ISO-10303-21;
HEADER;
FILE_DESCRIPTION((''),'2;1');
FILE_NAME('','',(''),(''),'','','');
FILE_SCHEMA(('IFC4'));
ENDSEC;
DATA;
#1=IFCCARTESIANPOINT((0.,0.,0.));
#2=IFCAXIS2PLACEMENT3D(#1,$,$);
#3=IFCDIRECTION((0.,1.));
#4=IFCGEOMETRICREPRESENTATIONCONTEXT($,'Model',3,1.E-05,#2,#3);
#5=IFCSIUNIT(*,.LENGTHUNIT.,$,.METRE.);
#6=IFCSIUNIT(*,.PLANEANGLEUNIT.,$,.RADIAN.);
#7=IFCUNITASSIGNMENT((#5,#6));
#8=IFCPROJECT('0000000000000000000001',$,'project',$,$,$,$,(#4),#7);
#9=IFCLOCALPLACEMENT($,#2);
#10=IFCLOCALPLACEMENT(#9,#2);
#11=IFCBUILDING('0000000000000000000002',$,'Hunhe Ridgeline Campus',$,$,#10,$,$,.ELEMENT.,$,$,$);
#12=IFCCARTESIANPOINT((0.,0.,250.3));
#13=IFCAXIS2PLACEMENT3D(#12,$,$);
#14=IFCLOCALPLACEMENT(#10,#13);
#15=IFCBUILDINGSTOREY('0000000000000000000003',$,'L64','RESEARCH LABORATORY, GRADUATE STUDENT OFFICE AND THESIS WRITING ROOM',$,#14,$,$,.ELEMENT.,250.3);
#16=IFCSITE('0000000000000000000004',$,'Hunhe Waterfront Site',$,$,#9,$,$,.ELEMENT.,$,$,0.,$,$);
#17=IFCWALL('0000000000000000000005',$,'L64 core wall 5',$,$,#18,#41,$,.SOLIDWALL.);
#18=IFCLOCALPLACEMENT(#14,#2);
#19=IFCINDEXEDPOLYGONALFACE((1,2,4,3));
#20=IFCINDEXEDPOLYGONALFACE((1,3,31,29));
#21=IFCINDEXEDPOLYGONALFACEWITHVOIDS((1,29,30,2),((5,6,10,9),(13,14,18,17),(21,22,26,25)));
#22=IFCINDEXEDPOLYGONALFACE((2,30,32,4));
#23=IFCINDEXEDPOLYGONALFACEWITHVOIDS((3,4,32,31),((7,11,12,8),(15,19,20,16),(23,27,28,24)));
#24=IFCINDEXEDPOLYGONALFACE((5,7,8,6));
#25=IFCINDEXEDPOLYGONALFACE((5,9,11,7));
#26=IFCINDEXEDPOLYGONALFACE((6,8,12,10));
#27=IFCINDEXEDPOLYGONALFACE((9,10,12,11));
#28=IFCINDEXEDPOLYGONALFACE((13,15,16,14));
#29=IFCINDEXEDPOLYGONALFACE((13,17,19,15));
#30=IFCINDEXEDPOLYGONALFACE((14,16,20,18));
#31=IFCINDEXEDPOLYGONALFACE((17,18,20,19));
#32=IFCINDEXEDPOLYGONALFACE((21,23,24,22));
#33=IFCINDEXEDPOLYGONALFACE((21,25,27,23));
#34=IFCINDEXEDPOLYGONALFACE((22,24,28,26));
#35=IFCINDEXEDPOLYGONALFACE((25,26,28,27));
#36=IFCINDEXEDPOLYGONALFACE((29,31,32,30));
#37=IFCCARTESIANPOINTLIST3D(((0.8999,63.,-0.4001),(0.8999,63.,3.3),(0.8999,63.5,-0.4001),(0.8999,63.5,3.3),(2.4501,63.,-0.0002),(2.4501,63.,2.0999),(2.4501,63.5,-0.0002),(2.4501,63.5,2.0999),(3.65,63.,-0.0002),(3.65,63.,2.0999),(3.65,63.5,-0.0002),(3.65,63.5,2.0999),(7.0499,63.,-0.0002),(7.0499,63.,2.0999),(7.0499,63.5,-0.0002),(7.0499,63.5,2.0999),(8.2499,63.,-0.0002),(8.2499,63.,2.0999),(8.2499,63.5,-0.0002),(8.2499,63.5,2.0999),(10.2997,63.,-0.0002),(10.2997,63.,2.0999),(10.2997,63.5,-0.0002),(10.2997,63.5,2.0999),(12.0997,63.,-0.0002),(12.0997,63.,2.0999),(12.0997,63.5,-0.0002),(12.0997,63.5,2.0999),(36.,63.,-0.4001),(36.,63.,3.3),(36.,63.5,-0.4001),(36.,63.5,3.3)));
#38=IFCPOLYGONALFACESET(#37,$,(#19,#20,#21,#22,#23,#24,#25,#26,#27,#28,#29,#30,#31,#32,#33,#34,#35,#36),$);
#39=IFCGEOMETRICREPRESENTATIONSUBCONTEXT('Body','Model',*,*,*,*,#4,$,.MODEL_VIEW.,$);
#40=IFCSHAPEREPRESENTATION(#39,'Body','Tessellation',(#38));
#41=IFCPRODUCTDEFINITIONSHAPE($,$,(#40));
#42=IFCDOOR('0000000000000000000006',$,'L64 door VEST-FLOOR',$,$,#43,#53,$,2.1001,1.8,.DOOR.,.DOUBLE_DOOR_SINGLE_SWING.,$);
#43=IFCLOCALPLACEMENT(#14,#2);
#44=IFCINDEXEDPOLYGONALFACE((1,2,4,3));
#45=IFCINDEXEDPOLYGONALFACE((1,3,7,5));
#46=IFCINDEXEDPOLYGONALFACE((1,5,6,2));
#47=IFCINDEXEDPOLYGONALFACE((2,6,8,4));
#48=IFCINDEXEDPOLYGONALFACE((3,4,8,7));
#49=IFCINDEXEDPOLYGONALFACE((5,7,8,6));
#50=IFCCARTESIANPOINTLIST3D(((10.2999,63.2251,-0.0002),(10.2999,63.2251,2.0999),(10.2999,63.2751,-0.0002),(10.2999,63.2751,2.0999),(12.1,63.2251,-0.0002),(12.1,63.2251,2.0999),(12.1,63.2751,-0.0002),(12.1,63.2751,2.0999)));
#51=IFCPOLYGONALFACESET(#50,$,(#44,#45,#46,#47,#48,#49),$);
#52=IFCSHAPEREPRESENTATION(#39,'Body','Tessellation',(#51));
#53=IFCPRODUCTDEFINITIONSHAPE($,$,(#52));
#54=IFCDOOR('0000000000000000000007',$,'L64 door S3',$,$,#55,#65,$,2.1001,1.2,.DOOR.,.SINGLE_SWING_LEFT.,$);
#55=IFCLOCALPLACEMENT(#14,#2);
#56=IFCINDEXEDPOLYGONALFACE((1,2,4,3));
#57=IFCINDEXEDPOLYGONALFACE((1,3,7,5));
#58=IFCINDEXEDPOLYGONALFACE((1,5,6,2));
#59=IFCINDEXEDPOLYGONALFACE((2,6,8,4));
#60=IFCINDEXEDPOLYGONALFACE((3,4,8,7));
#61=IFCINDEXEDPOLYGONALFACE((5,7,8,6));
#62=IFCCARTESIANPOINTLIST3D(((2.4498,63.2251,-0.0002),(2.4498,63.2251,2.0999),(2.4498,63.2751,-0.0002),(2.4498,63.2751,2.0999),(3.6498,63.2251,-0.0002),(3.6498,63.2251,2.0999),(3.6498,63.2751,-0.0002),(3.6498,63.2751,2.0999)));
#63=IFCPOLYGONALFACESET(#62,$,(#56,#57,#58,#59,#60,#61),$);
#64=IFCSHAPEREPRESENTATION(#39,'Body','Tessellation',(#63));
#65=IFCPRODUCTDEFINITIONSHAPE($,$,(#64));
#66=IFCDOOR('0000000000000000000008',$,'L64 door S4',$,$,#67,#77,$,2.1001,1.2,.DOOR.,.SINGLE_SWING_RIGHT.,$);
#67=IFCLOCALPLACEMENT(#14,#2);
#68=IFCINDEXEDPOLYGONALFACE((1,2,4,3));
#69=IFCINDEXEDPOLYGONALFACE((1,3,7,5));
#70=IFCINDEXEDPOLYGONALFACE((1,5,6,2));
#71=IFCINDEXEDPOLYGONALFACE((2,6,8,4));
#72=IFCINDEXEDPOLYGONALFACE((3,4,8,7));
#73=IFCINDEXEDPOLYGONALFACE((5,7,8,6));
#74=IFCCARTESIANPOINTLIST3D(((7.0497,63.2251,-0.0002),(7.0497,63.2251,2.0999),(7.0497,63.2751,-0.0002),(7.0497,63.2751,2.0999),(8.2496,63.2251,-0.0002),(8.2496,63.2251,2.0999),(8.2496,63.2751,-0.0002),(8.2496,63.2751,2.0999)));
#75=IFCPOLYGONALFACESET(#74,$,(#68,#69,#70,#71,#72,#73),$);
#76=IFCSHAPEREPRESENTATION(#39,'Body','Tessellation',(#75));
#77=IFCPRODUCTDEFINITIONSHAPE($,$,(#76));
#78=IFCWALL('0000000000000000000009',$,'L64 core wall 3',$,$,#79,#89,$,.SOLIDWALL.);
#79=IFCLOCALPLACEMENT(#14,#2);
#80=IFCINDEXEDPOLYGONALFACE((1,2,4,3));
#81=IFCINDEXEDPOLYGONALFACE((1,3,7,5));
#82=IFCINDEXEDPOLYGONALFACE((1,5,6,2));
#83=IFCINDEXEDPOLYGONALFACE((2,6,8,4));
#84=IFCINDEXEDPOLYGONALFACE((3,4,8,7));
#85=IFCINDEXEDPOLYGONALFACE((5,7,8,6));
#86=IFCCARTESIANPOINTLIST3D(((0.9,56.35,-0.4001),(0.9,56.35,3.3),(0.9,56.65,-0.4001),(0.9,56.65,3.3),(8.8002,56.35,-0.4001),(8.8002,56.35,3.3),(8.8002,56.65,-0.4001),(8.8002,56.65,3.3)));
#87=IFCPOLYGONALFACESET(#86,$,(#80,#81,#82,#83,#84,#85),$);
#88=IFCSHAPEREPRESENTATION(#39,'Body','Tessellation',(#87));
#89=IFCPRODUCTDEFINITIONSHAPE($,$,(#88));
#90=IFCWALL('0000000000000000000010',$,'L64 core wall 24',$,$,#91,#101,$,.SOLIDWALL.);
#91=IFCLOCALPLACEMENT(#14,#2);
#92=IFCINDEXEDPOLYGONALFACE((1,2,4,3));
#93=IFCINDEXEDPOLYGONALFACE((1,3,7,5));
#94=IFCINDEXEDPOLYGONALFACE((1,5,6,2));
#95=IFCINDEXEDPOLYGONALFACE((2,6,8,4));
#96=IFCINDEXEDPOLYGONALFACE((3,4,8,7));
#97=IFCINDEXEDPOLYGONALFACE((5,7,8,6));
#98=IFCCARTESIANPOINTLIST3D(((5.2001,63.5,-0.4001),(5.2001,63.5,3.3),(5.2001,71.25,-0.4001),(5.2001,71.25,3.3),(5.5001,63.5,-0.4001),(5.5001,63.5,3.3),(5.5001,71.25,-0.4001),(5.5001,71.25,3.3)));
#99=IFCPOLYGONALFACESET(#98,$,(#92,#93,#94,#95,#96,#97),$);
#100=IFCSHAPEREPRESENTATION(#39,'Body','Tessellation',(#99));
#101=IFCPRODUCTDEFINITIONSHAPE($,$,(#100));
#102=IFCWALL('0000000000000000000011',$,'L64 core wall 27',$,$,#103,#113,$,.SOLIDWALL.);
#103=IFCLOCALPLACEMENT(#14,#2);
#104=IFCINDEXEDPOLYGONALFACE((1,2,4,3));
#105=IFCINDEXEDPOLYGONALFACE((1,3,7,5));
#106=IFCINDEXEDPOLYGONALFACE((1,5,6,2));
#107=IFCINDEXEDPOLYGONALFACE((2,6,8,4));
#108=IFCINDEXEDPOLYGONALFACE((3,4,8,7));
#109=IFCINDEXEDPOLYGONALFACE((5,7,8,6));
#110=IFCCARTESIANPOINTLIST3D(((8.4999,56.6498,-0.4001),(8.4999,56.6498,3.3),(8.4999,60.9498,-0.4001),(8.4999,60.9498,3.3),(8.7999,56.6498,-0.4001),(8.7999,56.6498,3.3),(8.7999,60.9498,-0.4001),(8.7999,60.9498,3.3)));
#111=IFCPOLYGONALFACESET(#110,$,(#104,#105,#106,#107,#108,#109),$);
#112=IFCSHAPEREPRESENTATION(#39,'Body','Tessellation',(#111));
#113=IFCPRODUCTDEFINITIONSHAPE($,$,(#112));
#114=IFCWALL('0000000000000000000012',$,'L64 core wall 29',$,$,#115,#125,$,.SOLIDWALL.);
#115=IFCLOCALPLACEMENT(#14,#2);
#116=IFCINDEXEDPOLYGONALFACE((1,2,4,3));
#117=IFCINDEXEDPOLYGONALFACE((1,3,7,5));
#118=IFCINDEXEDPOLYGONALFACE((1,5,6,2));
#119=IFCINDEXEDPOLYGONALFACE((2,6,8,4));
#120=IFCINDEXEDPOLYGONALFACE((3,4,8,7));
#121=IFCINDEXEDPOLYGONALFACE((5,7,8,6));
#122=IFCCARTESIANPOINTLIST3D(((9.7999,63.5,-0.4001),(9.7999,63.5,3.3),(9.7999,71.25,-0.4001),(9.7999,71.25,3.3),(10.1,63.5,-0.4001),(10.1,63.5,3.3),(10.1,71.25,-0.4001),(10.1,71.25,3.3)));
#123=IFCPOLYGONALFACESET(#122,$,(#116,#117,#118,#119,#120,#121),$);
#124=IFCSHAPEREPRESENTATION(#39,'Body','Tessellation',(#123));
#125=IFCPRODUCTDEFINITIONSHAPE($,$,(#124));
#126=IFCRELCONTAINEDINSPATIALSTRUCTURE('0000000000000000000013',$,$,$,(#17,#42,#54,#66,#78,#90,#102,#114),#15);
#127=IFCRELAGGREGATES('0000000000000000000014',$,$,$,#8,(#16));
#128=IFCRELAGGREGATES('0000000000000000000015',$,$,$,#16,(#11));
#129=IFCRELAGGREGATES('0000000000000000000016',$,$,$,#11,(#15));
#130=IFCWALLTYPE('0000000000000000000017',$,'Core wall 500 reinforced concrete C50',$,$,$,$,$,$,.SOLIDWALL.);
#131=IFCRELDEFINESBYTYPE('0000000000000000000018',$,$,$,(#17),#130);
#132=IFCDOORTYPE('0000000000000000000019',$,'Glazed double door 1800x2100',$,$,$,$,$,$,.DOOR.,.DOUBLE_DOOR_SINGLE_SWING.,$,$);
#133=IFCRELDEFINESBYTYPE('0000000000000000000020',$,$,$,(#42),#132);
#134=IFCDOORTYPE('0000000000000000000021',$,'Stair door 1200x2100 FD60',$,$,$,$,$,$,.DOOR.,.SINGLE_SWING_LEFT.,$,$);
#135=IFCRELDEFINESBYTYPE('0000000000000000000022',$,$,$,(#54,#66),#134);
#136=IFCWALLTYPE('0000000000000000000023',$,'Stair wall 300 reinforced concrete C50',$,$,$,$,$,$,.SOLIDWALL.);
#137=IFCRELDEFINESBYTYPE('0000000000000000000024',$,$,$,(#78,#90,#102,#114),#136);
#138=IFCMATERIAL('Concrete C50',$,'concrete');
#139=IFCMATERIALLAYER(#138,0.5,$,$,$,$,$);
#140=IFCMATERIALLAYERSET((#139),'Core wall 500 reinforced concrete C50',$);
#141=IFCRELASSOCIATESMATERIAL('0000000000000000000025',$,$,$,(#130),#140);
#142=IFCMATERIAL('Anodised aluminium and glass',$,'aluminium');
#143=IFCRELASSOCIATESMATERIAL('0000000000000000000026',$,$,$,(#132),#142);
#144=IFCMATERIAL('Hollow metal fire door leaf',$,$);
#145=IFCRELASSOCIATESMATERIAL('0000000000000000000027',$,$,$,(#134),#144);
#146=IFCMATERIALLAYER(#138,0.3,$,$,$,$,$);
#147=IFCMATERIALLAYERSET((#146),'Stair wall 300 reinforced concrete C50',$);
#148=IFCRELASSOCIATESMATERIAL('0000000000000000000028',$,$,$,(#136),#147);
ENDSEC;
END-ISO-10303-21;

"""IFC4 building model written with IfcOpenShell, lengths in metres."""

from ifc_helpers import new_model, si_unit, direction, frame, frame_2d, origin, place, context, subcontext, project, spatial, rectangle, extrude, material, layer, layer_set, type_object, element, fill, save


model = new_model("IFC4")

# Units and contexts
model_context = context("Model", 3, precision=1e-05, world=origin(), true_north=direction((0.0, 1.0)))
body_context = subcontext(model_context, "Body", "Model", "MODEL_VIEW")
ifc_project = project(units=[si_unit("LENGTHUNIT", "METRE"), si_unit("PLANEANGLEUNIT", "RADIAN")], contexts=[model_context])

# Site, building, storey
site_placement = place(None, origin())
site = spatial("IfcSite", under=ifc_project, at=site_placement, Name="Hunhe Waterfront Site", CompositionType="ELEMENT", RefElevation=0.0)
building_placement = place(site_placement, origin())
building = spatial("IfcBuilding", under=site, at=building_placement, Name="Hunhe Ridgeline Campus", CompositionType="ELEMENT")
storey_placement = place(building_placement, frame((0.0, 0.0, 250.3)))
storey = spatial("IfcBuildingStorey", under=building, at=storey_placement, Name="L64", Description="RESEARCH LABORATORY, GRADUATE STUDENT OFFICE AND THESIS WRITING ROOM", CompositionType="ELEMENT", Elevation=250.3)

# Wall, openings, doors
ifc_material_1 = material(Name="Concrete C50", Category="concrete")
ifc_layer_1 = layer(ifc_material_1, 0.5)
ifc_layer_set_1 = layer_set([ifc_layer_1], Name="Core wall 500 reinforced concrete C50")
wall_type_1 = type_object("IfcWallType", Name="Core wall 500 reinforced concrete C50", PredefinedType="SOLIDWALL", material=ifc_layer_set_1)
wall_1_placement = place(storey_placement, frame((0.8999, 63.25, -0.4001), z_axis=(0.0, 0.0, 1.0), x_axis=(1.0, 0.0, 0.0)))
wall_1 = element("IfcWall", 1, at=wall_1_placement, inside=storey, type_object=wall_type_1, Name="L64 core wall 5", PredefinedType="SOLIDWALL", context=body_context, shape_type="SweptSolid", body=[
    extrude(rectangle(XDim=35.1001, YDim=0.5, at=frame_2d((17.55, 0.0))), origin(), (0.0, 0.0, 1.0), 3.7002),
])
opening_1_placement = place(wall_1_placement, frame((9.3999, 0.0, 0.3999)))
opening_1 = element("IfcOpeningElement", 2, at=opening_1_placement, cuts=wall_1, PredefinedType="OPENING", context=body_context, shape_type="SweptSolid", body=[
    extrude(rectangle(XDim=1.8, YDim=2.1001, at=frame_2d((0.8999, 1.05))), frame((0.0, 0.25, 0.0), z_axis=(0.0, -1.0, 0.0), x_axis=(1.0, 0.0, 0.0)), (0.0, 0.0, 1.0), 0.5),
])
opening_2_placement = place(wall_1_placement, frame((1.55, 0.0, 0.3999)))
opening_2 = element("IfcOpeningElement", 3, at=opening_2_placement, cuts=wall_1, PredefinedType="OPENING", context=body_context, shape_type="SweptSolid", body=[
    extrude(rectangle(XDim=1.2, YDim=2.1001, at=frame_2d((0.6001, 1.05))), frame((0.0, 0.25, 0.0), z_axis=(0.0, -1.0, 0.0), x_axis=(1.0, 0.0, 0.0)), (0.0, 0.0, 1.0), 0.5),
])
opening_3_placement = place(wall_1_placement, frame((6.1499, 0.0, 0.3999)))
opening_3 = element("IfcOpeningElement", 4, at=opening_3_placement, cuts=wall_1, PredefinedType="OPENING", context=body_context, shape_type="SweptSolid", body=[
    extrude(rectangle(XDim=1.2, YDim=2.1001, at=frame_2d((0.6001, 1.05))), frame((0.0, 0.25, 0.0), z_axis=(0.0, -1.0, 0.0), x_axis=(1.0, 0.0, 0.0)), (0.0, 0.0, 1.0), 0.5),
])
ifc_material_2 = material(Name="Anodised aluminium and glass", Category="aluminium")
door_type_1 = type_object("IfcDoorType", Name="Glazed double door 1800x2100", OperationType="DOUBLE_DOOR_SINGLE_SWING", PredefinedType="DOOR", material=ifc_material_2)
door_1_placement = place(opening_1_placement, frame((1.8, 0.0, 0.0), z_axis=(0.0, 0.0, 1.0), x_axis=(-1.0, 0.0, 0.0)))
door_1 = element("IfcDoor", 5, at=door_1_placement, inside=storey, type_object=door_type_1, Name="L64 door VEST-FLOOR", OperationType="DOUBLE_DOOR_SINGLE_SWING", OverallHeight=2.1001, OverallWidth=1.8, PredefinedType="DOOR", context=body_context, shape_type="SweptSolid", body=[
    extrude(rectangle(XDim=1.8, YDim=2.1001, at=frame_2d((0.8999, 1.05))), frame((0.0, 0.0249, 0.0), z_axis=(0.0, -1.0, 0.0), x_axis=(1.0, 0.0, 0.0)), (0.0, 0.0, 1.0), 0.05),
])
fill(opening_1, door_1)
ifc_material_3 = material(Name="Hollow metal fire door leaf")
door_type_2 = type_object("IfcDoorType", Name="Stair door 1200x2100 FD60", OperationType="SINGLE_SWING_LEFT", PredefinedType="DOOR", material=ifc_material_3)
door_2_placement = place(opening_2_placement, frame((1.2, 0.0, 0.0), z_axis=(0.0, 0.0, 1.0), x_axis=(-1.0, 0.0, 0.0)))
door_2 = element("IfcDoor", 6, at=door_2_placement, inside=storey, type_object=door_type_2, Name="L64 door S3", OperationType="SINGLE_SWING_LEFT", OverallHeight=2.1001, OverallWidth=1.2, PredefinedType="DOOR", context=body_context, shape_type="SweptSolid", body=[
    extrude(rectangle(XDim=1.2, YDim=2.1001, at=frame_2d((0.6001, 1.05))), frame((0.0, 0.0249, 0.0), z_axis=(0.0, -1.0, 0.0), x_axis=(1.0, 0.0, 0.0)), (0.0, 0.0, 1.0), 0.05),
])
fill(opening_2, door_2)
door_3_placement = place(opening_3_placement, frame((1.2, 0.0, 0.0), z_axis=(0.0, 0.0, 1.0), x_axis=(-1.0, 0.0, 0.0)))
door_3 = element("IfcDoor", 7, at=door_3_placement, inside=storey, type_object=door_type_2, Name="L64 door S4", OperationType="SINGLE_SWING_RIGHT", OverallHeight=2.1001, OverallWidth=1.2, PredefinedType="DOOR", context=body_context, shape_type="SweptSolid", body=[
    extrude(rectangle(XDim=1.2, YDim=2.1001, at=frame_2d((0.6001, 1.05))), frame((0.0, 0.0249, 0.0), z_axis=(0.0, -1.0, 0.0), x_axis=(1.0, 0.0, 0.0)), (0.0, 0.0, 1.0), 0.05),
])
fill(opening_3, door_3)

# Wall
ifc_layer_2 = layer(ifc_material_1, 0.3)
ifc_layer_set_2 = layer_set([ifc_layer_2], Name="Stair wall 300 reinforced concrete C50")
wall_type_2 = type_object("IfcWallType", Name="Stair wall 300 reinforced concrete C50", PredefinedType="SOLIDWALL", material=ifc_layer_set_2)
wall_2_placement = place(storey_placement, frame((0.8999, 56.5, -0.4001), z_axis=(0.0, 0.0, 1.0), x_axis=(1.0, 0.0, 0.0)))
element("IfcWall", 8, at=wall_2_placement, inside=storey, type_object=wall_type_2, Name="L64 core wall 3", PredefinedType="SOLIDWALL", context=body_context, shape_type="SweptSolid", body=[
    extrude(rectangle(XDim=7.9001, YDim=0.3, at=frame_2d((3.9502, 0.0))), origin(), (0.0, 0.0, 1.0), 3.7002),
])

# Walls
wall_3_placement = place(storey_placement, frame((5.3501, 63.5, -0.4001), z_axis=(0.0, 0.0, 1.0), x_axis=(0.0, 1.0, 0.0)))
element("IfcWall", 9, at=wall_3_placement, inside=storey, type_object=wall_type_2, Name="L64 core wall 24", PredefinedType="SOLIDWALL", context=body_context, shape_type="SweptSolid", body=[
    extrude(rectangle(XDim=7.75, YDim=0.3, at=frame_2d((3.875, 0.0))), origin(), (0.0, 0.0, 1.0), 3.7002),
])
wall_4_placement = place(storey_placement, frame((8.6499, 56.6499, -0.4001), z_axis=(0.0, 0.0, 1.0), x_axis=(0.0, 1.0, 0.0)))
element("IfcWall", 10, at=wall_4_placement, inside=storey, type_object=wall_type_2, Name="L64 core wall 27", PredefinedType="SOLIDWALL", context=body_context, shape_type="SweptSolid", body=[
    extrude(rectangle(XDim=4.3, YDim=0.3, at=frame_2d((2.1499, 0.0))), origin(), (0.0, 0.0, 1.0), 3.7002),
])
wall_5_placement = place(storey_placement, frame((9.95, 63.5, -0.4001), z_axis=(0.0, 0.0, 1.0), x_axis=(0.0, 1.0, 0.0)))
element("IfcWall", 11, at=wall_5_placement, inside=storey, type_object=wall_type_2, Name="L64 core wall 29", PredefinedType="SOLIDWALL", context=body_context, shape_type="SweptSolid", body=[
    extrude(rectangle(XDim=7.75, YDim=0.3, at=frame_2d((3.875, 0.0))), origin(), (0.0, 0.0, 1.0), 3.7002),
])

save(model, "model.ifc")
